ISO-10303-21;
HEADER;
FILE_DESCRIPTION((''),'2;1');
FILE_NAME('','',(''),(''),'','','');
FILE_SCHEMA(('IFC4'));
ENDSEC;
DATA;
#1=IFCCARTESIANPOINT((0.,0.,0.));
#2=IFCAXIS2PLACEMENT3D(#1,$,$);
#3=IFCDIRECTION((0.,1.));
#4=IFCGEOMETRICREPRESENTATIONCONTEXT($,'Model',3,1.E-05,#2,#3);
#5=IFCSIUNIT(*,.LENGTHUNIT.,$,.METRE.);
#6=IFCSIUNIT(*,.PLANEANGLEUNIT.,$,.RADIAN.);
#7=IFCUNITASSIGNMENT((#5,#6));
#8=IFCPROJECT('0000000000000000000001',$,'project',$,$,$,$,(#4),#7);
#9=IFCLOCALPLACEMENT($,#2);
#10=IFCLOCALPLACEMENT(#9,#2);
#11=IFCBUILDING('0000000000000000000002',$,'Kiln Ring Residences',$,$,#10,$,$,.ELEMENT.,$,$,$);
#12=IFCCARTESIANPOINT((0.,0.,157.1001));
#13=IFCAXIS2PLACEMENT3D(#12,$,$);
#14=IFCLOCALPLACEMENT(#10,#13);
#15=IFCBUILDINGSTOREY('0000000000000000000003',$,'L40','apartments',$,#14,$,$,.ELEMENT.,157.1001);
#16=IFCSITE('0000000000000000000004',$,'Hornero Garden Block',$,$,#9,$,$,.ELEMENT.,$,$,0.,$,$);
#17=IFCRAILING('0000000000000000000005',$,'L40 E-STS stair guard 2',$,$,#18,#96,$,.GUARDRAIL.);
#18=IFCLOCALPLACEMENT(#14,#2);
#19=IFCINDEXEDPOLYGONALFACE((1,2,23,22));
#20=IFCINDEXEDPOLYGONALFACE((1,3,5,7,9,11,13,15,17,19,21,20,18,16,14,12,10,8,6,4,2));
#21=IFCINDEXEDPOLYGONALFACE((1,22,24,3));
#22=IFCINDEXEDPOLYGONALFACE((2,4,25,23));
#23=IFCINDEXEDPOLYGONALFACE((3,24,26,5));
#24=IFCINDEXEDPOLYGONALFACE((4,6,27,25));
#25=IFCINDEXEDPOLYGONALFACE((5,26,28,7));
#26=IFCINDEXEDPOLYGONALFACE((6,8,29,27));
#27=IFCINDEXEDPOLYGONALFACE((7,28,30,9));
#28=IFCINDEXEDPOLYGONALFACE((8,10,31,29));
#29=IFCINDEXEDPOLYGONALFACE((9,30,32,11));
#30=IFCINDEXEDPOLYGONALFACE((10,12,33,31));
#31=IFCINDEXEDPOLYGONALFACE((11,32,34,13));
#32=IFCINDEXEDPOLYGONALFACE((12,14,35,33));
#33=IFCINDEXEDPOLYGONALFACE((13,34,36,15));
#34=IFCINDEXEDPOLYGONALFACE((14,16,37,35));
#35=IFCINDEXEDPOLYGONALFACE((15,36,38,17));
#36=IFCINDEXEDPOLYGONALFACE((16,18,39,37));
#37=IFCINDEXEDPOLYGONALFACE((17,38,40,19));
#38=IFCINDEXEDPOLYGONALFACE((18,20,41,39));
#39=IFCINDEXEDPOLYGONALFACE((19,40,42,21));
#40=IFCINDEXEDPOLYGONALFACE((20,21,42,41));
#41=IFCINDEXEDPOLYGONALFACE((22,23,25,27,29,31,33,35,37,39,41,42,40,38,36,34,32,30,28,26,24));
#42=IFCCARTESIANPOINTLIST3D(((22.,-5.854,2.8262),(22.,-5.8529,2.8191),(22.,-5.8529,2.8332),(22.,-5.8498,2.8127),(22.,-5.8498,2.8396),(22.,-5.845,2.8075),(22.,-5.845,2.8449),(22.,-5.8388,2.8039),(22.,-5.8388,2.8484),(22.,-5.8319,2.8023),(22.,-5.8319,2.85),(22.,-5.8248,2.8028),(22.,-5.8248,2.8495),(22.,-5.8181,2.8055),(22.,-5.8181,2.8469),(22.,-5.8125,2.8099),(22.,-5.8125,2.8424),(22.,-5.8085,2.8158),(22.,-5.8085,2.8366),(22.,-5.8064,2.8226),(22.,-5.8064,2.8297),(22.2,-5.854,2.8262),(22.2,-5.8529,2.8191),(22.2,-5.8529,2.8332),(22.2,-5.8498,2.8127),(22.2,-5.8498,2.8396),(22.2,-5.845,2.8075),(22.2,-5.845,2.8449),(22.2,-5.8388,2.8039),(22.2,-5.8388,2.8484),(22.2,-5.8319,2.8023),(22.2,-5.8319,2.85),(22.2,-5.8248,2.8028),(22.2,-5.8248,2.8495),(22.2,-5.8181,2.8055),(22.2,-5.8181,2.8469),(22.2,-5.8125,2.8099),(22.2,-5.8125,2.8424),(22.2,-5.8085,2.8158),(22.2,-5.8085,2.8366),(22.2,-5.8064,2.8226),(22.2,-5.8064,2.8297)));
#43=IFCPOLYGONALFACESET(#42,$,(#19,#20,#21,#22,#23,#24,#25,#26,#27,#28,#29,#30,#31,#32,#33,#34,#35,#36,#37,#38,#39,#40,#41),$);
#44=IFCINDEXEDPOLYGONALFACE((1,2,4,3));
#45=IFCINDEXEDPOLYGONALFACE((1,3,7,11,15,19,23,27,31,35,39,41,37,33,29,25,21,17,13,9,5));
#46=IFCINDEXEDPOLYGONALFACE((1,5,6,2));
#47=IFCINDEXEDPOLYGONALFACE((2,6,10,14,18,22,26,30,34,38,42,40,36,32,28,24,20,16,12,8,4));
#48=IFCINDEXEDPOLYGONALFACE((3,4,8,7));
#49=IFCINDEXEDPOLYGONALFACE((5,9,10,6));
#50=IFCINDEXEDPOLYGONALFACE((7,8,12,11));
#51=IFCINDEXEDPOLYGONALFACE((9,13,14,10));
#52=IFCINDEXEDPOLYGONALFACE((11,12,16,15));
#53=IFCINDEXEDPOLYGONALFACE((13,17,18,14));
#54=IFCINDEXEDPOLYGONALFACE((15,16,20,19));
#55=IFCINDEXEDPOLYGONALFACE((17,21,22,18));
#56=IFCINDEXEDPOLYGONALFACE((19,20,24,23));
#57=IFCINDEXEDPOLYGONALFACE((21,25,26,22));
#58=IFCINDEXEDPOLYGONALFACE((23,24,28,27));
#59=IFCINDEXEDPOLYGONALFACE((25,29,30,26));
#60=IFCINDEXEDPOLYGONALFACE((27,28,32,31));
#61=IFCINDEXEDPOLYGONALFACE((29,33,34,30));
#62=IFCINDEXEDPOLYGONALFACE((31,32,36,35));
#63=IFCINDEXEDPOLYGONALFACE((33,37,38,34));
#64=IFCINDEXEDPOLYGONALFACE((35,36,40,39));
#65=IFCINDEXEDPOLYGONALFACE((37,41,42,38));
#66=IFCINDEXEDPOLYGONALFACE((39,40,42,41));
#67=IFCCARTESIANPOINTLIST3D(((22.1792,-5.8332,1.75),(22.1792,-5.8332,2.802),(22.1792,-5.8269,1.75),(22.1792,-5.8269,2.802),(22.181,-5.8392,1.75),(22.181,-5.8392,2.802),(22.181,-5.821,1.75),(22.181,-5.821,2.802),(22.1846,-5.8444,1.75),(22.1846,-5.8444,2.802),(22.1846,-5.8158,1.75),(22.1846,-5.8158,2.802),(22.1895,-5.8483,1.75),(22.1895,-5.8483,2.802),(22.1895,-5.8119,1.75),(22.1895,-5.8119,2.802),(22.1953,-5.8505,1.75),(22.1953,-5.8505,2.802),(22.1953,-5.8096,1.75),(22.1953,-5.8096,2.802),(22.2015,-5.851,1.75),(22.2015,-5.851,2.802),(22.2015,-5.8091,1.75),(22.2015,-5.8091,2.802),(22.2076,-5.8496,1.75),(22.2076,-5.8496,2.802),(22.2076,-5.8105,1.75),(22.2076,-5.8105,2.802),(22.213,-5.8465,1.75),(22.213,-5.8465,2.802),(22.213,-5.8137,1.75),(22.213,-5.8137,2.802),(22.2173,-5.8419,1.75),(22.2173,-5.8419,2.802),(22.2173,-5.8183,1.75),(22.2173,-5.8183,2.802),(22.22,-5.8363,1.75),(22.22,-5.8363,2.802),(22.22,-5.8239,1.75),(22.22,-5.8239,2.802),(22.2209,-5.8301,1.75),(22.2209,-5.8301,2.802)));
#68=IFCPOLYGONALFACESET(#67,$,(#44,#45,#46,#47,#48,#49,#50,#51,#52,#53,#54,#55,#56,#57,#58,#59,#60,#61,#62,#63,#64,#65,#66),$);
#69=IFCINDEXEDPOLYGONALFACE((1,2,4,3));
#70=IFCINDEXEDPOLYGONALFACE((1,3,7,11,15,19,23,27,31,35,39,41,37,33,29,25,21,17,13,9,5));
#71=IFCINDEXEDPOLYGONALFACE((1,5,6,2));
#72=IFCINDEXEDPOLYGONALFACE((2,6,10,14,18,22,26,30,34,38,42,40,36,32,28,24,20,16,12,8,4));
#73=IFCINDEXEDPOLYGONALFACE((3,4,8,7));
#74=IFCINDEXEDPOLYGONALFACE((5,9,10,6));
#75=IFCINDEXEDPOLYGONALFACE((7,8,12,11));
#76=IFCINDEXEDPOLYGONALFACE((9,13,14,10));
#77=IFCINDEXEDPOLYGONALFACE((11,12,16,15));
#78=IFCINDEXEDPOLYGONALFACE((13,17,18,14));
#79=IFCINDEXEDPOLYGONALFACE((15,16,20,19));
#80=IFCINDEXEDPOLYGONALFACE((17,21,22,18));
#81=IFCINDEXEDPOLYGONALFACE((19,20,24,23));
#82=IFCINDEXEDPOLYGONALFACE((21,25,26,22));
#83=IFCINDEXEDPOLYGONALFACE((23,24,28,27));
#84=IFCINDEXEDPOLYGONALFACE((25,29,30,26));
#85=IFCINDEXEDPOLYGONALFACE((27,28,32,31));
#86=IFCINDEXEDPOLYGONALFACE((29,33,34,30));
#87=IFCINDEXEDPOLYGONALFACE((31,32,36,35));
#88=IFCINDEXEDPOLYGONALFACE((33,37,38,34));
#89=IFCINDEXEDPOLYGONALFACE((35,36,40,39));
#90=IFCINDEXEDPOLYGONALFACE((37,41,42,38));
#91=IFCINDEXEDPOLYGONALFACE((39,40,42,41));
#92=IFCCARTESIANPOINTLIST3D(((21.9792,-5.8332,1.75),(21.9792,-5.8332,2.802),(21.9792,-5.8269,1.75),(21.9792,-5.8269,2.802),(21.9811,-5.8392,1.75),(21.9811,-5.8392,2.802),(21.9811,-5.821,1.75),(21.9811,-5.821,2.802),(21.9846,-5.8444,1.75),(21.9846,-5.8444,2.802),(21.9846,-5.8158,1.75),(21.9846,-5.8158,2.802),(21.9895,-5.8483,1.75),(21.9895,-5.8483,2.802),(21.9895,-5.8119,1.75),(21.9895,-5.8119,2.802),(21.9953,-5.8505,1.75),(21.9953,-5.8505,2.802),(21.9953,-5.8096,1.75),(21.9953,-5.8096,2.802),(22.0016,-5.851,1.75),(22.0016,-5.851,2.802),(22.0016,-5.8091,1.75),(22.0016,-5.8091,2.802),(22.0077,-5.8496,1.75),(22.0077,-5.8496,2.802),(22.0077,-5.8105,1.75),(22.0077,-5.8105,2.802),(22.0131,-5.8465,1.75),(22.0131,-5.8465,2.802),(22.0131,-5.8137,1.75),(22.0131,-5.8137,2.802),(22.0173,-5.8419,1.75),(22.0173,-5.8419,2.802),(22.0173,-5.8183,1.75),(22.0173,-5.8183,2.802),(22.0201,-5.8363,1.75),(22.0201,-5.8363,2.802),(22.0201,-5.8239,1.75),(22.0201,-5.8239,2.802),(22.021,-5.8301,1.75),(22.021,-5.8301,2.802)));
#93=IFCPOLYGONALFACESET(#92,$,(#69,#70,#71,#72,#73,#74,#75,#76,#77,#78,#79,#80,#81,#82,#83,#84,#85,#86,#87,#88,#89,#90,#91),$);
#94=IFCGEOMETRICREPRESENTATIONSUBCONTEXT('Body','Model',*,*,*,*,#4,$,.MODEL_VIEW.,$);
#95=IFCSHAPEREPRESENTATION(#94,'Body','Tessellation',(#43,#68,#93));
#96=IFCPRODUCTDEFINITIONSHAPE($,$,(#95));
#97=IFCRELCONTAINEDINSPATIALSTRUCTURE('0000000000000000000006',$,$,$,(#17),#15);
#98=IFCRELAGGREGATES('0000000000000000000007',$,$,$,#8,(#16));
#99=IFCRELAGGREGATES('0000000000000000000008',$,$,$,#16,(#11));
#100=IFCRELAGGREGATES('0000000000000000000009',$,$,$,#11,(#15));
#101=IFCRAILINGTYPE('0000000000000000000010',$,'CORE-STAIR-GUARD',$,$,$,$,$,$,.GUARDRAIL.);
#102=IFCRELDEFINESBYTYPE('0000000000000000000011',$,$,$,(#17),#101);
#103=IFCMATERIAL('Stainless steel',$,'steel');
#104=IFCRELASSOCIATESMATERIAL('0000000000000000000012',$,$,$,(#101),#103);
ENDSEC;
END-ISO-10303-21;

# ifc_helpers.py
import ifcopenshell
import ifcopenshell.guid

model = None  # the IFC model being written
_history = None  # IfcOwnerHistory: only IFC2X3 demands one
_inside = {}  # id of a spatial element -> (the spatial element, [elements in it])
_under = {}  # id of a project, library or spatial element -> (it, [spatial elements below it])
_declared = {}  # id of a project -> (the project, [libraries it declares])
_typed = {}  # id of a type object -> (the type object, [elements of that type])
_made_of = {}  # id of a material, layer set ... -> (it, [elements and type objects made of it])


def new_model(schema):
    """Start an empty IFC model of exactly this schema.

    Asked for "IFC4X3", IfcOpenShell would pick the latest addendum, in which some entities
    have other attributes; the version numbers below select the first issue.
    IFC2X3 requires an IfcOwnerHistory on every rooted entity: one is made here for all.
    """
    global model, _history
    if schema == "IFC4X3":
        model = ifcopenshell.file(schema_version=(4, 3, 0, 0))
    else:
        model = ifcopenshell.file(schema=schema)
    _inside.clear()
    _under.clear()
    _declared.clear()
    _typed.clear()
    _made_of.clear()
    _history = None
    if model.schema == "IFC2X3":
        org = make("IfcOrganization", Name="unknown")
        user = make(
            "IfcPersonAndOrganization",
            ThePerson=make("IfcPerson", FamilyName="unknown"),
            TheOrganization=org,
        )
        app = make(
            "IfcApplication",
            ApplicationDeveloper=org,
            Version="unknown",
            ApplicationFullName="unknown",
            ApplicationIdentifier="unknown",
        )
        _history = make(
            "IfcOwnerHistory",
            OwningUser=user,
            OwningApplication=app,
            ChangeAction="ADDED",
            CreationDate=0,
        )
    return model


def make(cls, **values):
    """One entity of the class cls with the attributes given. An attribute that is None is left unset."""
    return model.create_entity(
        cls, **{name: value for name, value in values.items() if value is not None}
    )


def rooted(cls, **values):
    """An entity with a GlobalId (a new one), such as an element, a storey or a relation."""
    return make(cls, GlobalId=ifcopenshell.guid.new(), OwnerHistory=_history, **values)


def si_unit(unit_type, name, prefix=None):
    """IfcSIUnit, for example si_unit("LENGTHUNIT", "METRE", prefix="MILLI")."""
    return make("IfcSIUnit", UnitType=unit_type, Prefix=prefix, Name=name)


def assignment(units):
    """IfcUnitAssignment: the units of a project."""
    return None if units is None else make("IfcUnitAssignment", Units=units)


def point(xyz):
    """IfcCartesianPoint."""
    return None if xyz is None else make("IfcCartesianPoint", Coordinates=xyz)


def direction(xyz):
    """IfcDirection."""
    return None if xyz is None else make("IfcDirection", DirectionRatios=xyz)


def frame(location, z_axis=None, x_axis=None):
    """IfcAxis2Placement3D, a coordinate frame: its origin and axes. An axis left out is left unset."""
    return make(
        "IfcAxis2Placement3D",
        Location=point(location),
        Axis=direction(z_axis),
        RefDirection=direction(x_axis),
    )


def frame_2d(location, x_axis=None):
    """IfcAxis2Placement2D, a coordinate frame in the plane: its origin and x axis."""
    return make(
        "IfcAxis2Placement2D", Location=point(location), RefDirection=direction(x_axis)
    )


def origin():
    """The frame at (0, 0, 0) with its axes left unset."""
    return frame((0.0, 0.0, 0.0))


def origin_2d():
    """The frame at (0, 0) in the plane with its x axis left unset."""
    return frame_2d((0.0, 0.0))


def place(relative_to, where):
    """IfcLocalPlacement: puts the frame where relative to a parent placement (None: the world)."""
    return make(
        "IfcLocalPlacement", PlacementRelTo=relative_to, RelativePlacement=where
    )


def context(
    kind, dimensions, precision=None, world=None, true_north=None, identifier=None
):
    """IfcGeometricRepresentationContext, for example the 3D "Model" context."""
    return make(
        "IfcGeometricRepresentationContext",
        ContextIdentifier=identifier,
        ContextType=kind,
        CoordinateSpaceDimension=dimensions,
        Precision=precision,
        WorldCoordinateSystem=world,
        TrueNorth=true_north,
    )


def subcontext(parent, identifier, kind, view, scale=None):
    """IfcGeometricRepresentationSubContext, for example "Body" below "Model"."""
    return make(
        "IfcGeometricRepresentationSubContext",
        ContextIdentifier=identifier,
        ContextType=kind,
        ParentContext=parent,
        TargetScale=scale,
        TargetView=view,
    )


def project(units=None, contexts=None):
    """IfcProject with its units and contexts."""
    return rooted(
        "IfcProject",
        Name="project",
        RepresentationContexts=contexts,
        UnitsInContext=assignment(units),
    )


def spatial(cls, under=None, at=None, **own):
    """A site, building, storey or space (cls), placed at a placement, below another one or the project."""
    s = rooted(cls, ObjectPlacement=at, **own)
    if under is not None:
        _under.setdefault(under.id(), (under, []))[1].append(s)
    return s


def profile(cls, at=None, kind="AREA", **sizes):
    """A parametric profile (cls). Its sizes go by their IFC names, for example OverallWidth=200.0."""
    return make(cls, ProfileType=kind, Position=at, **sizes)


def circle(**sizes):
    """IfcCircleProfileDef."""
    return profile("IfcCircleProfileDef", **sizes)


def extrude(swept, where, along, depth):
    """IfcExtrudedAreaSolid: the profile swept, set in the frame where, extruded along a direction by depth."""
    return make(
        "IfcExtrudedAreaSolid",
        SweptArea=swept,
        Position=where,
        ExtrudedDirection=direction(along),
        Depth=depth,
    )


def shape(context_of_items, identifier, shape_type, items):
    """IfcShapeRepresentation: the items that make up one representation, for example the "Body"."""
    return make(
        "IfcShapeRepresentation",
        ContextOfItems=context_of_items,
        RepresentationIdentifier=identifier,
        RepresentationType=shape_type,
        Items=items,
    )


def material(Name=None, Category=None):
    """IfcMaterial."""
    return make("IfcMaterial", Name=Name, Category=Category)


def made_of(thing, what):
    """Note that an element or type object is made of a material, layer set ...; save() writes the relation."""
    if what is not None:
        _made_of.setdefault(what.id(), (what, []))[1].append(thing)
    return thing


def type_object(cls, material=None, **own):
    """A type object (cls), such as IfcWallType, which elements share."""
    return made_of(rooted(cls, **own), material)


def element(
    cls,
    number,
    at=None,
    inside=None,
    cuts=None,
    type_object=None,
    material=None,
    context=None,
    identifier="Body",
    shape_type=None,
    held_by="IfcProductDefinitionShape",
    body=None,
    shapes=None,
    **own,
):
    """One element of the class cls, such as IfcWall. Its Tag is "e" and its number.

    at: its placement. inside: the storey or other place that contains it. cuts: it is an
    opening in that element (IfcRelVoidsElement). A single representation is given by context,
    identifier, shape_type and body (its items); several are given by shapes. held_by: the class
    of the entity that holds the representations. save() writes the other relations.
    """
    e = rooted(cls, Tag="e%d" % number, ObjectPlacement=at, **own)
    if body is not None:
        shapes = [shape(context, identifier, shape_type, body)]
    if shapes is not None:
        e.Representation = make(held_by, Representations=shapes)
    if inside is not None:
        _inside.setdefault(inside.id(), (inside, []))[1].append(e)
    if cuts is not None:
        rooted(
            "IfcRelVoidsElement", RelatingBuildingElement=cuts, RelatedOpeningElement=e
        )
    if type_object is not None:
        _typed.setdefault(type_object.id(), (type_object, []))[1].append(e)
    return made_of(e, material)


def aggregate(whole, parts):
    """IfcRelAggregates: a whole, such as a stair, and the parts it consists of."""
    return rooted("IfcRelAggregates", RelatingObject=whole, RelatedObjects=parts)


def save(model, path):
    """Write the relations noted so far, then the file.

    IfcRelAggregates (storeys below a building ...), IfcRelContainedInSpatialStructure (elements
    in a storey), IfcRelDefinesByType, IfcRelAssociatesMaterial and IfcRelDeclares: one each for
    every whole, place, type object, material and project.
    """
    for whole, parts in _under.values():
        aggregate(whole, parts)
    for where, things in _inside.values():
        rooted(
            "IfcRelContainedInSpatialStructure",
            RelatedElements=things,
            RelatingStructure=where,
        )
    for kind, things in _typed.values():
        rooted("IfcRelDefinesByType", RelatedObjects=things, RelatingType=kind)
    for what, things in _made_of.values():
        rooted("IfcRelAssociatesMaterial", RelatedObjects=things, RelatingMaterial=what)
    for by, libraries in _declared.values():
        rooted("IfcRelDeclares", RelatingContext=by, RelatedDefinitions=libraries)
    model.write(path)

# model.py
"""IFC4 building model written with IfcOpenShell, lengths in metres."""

from ifc_helpers import new_model, si_unit, direction, frame, origin, origin_2d, place, context, subcontext, project, spatial, circle, extrude, material, type_object, element, save


model = new_model("IFC4")

# Units and contexts
model_context = context("Model", 3, precision=1e-05, world=origin(), true_north=direction((0.0, 1.0)))
body_context = subcontext(model_context, "Body", "Model", "MODEL_VIEW")
ifc_project = project(units=[si_unit("LENGTHUNIT", "METRE"), si_unit("PLANEANGLEUNIT", "RADIAN")], contexts=[model_context])

# Site, building, storey
site_placement = place(None, origin())
site = spatial("IfcSite", under=ifc_project, at=site_placement, Name="Hornero Garden Block", CompositionType="ELEMENT", RefElevation=0.0)
building_placement = place(site_placement, origin())
building = spatial("IfcBuilding", under=site, at=building_placement, Name="Kiln Ring Residences", CompositionType="ELEMENT")
storey_placement = place(building_placement, frame((0.0, 0.0, 157.1001)))
storey = spatial("IfcBuildingStorey", under=building, at=storey_placement, Name="L40", Description="apartments", CompositionType="ELEMENT", Elevation=157.1001)

# Railing
ifc_material_1 = material(Name="Stainless steel", Category="steel")
railing_type_1 = type_object("IfcRailingType", Name="CORE-STAIR-GUARD", PredefinedType="GUARDRAIL", material=ifc_material_1)
railing_1_placement = place(storey_placement, frame((22.2, -5.8301, 1.75)))
element("IfcRailing", 1, at=railing_1_placement, inside=storey, type_object=railing_type_1, Name="L40 E-STS stair guard 2", PredefinedType="GUARDRAIL", context=body_context, shape_type="SweptSolid", body=[
    extrude(circle(Radius=0.0239, at=origin_2d()), frame((0.0, 0.0, 1.0762), z_axis=(-1.0, 0.0, 0.0), x_axis=(0.0, -1.0, 0.0)), (0.0, 0.0, 1.0), 0.2),
    extrude(circle(Radius=0.021, at=origin_2d()), origin(), (0.0, 0.0, 1.0), 1.052),
    extrude(circle(Radius=0.021, at=origin_2d()), frame((-0.2, 0.0, 0.0)), (0.0, 0.0, 1.0), 1.052),
])

save(model, "model.ifc")
